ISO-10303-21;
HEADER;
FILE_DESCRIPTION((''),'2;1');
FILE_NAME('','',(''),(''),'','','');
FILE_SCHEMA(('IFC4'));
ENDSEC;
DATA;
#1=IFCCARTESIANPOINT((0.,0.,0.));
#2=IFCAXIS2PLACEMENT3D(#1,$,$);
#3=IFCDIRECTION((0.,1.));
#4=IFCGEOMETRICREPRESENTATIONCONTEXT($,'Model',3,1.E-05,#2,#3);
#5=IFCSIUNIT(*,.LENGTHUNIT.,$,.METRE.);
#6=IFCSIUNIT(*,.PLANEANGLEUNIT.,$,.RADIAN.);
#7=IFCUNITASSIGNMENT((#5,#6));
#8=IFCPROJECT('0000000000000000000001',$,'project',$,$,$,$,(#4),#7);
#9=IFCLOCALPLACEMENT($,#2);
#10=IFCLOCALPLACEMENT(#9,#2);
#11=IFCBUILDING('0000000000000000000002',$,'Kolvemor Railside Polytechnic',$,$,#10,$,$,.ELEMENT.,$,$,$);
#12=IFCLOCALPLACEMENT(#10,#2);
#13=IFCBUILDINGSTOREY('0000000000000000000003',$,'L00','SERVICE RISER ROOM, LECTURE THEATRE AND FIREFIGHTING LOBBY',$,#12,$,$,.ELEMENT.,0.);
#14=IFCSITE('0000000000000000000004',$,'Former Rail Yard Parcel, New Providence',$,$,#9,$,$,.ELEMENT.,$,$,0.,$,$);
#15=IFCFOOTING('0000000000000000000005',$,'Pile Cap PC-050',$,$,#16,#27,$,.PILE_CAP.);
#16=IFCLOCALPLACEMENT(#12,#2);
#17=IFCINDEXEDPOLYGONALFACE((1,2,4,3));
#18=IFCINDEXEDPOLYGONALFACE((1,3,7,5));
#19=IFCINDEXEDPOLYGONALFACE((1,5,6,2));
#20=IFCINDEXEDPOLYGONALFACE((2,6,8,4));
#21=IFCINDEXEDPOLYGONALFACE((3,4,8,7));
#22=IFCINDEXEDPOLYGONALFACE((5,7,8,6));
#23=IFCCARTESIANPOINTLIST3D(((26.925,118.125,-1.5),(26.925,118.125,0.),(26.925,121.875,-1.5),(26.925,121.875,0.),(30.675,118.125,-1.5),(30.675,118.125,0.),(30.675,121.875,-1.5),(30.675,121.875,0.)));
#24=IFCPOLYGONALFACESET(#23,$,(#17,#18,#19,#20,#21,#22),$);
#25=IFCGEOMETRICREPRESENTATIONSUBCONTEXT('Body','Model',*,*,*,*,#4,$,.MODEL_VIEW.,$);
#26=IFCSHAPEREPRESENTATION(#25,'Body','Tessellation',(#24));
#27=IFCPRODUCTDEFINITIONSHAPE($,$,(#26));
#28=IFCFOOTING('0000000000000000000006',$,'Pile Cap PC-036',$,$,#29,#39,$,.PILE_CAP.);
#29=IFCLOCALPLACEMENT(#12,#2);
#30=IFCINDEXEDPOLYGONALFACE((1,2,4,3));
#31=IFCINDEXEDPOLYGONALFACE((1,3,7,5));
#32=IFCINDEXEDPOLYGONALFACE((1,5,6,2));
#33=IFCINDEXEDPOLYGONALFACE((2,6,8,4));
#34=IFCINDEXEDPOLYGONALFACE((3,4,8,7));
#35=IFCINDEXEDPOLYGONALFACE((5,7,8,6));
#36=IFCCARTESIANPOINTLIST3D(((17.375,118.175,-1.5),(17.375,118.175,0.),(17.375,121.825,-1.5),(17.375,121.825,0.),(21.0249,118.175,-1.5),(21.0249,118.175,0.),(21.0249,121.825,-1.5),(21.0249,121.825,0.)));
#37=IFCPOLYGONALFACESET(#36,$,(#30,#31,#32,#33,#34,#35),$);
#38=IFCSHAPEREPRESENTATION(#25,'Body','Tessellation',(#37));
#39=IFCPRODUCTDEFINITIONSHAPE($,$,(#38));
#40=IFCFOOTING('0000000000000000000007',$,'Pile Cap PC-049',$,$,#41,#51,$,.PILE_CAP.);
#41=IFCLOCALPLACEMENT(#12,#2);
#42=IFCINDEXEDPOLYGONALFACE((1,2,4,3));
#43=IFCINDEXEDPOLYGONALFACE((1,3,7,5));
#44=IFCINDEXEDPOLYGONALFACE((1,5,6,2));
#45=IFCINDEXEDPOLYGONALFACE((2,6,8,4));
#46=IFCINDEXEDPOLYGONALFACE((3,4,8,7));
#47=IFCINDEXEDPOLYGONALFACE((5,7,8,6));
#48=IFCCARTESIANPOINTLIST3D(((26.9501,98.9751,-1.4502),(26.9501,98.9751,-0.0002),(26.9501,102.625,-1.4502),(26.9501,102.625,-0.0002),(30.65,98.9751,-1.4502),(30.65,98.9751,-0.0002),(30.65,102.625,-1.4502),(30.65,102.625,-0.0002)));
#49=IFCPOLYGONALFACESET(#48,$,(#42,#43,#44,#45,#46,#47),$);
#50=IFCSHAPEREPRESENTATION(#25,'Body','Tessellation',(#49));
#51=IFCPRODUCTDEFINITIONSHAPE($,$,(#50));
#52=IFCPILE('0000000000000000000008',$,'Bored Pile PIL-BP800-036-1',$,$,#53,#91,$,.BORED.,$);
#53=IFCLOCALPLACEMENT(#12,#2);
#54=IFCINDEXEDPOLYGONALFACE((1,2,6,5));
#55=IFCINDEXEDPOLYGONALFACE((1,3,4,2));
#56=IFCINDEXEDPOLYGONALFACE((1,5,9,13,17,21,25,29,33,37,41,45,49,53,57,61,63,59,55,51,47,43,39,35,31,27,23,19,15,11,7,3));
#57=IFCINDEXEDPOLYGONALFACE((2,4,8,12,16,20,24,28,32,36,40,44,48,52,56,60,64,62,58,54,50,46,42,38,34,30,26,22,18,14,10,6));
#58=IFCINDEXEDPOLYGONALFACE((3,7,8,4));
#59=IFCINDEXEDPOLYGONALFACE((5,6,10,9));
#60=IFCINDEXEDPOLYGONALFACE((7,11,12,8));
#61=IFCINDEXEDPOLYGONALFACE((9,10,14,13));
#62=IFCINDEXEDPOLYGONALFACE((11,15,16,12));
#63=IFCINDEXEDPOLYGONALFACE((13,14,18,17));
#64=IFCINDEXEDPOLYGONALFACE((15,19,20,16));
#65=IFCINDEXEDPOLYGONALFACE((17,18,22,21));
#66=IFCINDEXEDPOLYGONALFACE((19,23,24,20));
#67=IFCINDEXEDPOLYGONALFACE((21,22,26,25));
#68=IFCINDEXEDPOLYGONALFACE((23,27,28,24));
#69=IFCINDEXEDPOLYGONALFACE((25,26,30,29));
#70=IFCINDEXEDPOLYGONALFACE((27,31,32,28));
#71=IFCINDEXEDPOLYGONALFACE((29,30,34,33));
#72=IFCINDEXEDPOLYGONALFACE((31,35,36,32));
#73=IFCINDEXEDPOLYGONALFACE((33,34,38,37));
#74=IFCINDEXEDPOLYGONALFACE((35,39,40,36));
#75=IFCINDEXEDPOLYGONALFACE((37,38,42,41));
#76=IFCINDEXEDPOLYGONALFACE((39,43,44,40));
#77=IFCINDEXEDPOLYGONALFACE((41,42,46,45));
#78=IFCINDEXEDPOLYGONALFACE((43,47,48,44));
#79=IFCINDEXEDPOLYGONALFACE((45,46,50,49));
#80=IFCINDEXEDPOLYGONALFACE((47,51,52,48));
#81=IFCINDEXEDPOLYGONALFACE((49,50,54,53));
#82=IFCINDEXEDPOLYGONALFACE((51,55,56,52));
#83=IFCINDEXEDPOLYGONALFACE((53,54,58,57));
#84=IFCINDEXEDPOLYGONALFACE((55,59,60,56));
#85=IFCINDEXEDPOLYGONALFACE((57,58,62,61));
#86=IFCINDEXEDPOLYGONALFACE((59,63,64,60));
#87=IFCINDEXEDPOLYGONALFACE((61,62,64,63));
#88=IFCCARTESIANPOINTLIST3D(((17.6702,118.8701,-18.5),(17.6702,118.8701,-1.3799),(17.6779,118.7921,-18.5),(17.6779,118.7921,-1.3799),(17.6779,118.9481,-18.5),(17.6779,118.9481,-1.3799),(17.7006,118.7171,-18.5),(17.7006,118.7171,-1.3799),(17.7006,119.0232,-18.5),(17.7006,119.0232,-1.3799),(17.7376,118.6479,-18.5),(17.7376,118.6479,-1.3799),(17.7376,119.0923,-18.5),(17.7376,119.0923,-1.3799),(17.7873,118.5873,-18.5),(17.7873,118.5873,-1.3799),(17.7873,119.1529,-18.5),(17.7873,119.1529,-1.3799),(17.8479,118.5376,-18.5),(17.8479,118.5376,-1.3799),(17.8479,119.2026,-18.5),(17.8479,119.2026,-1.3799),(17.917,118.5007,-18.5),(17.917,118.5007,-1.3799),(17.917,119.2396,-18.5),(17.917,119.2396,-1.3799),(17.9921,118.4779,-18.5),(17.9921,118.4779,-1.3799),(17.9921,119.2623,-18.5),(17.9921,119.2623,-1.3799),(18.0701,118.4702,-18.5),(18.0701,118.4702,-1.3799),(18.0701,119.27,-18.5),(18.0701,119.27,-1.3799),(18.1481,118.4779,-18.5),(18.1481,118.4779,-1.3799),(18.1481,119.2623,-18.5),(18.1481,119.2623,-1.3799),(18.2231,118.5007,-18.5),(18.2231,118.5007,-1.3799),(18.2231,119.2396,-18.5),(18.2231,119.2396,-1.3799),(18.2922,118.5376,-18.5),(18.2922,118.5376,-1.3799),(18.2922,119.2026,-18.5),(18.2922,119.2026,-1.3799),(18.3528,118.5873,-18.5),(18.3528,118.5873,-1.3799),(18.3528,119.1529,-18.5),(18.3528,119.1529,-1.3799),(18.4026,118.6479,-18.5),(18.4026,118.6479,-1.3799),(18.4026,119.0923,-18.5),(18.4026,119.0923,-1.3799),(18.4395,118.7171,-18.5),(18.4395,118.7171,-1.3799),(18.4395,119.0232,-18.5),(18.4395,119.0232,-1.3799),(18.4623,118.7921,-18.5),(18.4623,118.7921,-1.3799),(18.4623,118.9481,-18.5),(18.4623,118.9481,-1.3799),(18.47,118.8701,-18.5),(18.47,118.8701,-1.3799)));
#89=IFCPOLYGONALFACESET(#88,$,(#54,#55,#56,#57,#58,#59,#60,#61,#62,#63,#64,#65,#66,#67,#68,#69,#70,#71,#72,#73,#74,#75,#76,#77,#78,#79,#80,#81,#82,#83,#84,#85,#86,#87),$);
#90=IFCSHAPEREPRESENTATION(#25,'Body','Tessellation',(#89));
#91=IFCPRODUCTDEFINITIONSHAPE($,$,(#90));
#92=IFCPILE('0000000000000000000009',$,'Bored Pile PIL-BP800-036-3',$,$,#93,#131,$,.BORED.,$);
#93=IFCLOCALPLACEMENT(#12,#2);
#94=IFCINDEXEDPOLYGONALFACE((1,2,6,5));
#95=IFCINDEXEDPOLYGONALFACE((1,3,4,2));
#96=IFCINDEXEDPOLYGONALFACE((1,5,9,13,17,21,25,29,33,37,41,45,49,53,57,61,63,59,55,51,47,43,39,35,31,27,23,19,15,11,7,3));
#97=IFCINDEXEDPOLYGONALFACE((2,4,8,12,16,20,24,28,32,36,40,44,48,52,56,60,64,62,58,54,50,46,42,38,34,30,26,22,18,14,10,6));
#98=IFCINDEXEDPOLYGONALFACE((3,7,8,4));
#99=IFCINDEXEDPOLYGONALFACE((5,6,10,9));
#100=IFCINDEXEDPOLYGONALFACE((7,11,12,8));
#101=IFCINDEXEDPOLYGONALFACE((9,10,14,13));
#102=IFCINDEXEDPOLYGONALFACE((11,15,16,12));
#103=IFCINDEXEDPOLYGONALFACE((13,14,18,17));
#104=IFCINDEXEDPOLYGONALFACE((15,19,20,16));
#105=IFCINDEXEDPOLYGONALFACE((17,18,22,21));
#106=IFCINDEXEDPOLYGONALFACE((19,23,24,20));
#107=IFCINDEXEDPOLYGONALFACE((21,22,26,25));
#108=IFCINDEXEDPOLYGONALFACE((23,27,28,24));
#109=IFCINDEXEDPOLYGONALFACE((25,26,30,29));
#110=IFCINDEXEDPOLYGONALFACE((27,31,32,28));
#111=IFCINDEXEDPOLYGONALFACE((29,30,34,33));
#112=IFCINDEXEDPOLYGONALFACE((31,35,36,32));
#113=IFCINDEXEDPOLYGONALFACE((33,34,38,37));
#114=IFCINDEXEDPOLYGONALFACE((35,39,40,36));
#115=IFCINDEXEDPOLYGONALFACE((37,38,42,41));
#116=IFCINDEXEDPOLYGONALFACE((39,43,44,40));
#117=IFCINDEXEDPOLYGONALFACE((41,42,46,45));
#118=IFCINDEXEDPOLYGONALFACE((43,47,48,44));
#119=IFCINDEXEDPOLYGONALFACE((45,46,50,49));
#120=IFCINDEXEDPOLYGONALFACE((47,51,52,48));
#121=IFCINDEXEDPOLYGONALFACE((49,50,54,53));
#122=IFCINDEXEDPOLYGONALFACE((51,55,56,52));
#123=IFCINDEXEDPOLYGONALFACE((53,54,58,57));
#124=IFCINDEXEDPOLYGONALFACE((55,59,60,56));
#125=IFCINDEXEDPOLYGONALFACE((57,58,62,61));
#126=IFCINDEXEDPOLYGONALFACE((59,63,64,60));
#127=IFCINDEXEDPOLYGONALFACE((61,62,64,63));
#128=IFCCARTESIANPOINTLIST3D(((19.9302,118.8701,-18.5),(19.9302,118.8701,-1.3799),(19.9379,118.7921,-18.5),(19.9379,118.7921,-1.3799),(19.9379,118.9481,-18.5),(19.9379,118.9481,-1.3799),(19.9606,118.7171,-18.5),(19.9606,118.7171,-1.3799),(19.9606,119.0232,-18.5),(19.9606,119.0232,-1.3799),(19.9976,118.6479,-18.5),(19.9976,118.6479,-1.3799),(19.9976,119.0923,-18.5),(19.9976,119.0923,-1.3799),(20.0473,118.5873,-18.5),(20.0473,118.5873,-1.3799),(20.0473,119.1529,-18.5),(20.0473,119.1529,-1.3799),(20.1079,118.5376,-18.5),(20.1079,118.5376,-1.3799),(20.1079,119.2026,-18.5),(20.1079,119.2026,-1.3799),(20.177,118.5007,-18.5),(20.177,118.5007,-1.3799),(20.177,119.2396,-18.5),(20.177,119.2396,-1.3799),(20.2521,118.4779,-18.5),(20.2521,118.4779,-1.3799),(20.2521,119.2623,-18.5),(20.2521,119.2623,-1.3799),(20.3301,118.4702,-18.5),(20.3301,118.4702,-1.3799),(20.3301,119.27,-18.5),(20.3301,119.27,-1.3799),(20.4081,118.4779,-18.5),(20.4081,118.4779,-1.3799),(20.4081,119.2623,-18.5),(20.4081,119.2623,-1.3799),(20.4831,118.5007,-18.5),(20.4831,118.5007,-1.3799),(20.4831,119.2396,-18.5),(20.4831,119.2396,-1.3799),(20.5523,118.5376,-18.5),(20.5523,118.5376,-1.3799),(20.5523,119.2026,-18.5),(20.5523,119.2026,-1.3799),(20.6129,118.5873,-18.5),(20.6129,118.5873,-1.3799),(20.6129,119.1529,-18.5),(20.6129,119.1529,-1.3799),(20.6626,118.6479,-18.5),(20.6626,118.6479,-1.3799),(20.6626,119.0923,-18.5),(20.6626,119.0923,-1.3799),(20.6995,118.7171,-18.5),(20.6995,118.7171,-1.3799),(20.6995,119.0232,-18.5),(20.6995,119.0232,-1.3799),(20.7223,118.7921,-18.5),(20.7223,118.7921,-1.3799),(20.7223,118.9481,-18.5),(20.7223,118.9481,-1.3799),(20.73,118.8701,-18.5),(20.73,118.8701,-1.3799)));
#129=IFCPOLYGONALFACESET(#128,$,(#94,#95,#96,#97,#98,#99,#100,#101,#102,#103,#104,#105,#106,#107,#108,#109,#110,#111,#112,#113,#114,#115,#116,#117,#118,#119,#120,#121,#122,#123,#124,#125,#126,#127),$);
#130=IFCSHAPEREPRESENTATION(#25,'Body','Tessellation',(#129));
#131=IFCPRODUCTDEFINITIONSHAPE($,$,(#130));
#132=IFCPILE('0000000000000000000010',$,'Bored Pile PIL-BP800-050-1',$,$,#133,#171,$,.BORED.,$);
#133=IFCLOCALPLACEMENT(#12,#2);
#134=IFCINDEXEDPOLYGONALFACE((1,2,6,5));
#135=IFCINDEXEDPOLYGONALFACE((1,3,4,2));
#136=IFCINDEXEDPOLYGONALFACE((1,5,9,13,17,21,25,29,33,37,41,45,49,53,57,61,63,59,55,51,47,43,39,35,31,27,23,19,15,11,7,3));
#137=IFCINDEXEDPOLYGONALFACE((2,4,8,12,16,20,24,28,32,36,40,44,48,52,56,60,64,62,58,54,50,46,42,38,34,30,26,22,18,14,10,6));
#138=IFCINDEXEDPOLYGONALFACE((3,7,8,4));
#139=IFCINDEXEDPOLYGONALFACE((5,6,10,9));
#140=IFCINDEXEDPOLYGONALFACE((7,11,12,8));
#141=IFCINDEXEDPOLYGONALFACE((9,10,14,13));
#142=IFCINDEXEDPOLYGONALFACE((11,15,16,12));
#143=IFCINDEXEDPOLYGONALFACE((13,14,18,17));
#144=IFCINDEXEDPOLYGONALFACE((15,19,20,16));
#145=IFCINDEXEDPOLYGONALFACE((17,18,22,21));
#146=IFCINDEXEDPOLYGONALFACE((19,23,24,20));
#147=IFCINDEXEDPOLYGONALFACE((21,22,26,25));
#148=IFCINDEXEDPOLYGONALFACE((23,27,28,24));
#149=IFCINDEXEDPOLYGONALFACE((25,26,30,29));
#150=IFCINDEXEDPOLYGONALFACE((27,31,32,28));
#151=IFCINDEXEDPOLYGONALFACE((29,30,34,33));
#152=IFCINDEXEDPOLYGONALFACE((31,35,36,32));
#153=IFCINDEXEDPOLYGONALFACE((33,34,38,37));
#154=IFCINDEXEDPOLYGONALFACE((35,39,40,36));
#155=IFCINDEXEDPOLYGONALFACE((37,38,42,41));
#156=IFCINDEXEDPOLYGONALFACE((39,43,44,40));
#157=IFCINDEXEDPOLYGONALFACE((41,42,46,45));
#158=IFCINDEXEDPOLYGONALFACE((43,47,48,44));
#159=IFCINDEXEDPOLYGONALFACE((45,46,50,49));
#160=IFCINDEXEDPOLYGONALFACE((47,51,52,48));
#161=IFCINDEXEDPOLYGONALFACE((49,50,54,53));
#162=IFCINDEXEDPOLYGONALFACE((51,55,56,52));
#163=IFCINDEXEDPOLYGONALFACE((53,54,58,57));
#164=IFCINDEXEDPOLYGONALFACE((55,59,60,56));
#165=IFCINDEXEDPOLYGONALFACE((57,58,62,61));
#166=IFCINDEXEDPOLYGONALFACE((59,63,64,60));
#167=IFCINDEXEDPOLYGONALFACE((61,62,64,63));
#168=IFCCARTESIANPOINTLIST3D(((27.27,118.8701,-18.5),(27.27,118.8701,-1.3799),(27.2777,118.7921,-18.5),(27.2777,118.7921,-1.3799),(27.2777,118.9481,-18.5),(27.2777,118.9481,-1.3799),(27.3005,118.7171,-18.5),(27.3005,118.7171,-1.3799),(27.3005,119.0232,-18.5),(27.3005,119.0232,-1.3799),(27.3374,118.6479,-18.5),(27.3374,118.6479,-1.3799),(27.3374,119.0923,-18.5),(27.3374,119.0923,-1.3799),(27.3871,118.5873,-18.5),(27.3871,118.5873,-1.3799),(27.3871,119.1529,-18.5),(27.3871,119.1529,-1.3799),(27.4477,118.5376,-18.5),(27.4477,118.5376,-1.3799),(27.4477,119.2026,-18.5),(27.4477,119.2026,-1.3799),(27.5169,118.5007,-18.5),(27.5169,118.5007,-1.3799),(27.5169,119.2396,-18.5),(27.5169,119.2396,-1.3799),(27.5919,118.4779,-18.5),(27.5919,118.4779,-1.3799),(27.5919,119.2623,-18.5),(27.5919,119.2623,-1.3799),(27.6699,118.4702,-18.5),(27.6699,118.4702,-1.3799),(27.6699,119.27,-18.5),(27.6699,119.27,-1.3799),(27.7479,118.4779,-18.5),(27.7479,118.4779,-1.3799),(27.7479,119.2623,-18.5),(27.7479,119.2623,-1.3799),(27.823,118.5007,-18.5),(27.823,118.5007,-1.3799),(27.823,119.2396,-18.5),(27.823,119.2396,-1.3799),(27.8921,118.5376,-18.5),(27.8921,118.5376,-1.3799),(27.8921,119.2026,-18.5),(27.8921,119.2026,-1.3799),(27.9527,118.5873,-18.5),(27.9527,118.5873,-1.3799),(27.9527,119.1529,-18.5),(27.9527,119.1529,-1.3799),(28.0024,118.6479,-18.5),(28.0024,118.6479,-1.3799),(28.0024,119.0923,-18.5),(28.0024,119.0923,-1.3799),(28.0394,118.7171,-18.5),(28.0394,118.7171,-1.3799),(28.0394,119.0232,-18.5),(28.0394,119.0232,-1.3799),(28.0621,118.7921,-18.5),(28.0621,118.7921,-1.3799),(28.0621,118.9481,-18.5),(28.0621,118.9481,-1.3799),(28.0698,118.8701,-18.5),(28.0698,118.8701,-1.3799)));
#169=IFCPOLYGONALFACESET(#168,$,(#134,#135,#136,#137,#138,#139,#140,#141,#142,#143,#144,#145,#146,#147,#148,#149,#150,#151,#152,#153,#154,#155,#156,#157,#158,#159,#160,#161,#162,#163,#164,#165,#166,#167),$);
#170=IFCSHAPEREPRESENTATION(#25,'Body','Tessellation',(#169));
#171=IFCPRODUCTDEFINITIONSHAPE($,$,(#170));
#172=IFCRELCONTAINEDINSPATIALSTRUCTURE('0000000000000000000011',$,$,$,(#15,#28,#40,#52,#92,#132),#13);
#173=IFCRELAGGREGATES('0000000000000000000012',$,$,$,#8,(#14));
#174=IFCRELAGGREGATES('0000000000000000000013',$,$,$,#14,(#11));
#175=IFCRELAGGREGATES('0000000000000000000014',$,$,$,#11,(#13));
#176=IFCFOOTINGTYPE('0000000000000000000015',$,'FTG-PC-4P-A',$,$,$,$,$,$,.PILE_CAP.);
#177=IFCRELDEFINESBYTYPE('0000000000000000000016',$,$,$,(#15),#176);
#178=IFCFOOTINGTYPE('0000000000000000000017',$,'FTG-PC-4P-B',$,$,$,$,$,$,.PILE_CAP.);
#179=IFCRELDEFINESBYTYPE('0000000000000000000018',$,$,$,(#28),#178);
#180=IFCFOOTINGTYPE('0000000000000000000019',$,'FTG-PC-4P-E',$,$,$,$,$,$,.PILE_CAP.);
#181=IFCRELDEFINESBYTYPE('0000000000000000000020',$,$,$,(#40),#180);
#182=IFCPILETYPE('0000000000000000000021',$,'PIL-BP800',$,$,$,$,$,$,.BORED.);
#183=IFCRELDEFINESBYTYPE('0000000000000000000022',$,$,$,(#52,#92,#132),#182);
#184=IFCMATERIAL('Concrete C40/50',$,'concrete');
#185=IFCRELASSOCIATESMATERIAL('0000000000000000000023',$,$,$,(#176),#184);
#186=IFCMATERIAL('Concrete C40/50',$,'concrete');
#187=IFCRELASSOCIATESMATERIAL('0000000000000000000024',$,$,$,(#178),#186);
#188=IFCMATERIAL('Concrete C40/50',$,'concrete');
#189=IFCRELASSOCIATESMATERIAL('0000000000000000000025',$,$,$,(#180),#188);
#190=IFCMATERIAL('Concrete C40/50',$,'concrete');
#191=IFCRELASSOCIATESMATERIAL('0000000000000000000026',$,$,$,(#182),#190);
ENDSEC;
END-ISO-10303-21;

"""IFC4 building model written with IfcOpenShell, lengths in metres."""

from ifc_helpers import new_model, si_unit, direction, frame, origin, origin_2d, place, context, subcontext, project, spatial, rectangle, circle, extrude, material, material_profile, profile_set, type_object, element, save


model = new_model("IFC4")

# Units and contexts
model_context = context("Model", 3, precision=1e-05, world=origin(), true_north=direction((0.0, 1.0)))
body_context = subcontext(model_context, "Body", "Model", "MODEL_VIEW")
ifc_project = project(units=[si_unit("LENGTHUNIT", "METRE"), si_unit("PLANEANGLEUNIT", "RADIAN")], contexts=[model_context])

# Site, building, storey
site_placement = place(None, origin())
site = spatial("IfcSite", under=ifc_project, at=site_placement, Name="Former Rail Yard Parcel, New Providence", CompositionType="ELEMENT", RefElevation=0.0)
building_placement = place(site_placement, origin())
building = spatial("IfcBuilding", under=site, at=building_placement, Name="Kolvemor Railside Polytechnic", CompositionType="ELEMENT")
storey_placement = place(building_placement, origin())
storey = spatial("IfcBuildingStorey", under=building, at=storey_placement, Name="L00", Description="SERVICE RISER ROOM, LECTURE THEATRE AND FIREFIGHTING LOBBY", CompositionType="ELEMENT", Elevation=0.0)

# Footings
ifc_material_1 = material(Name="Concrete C40/50", Category="concrete")
footing_type_1 = type_object("IfcFootingType", Name="FTG-PC-4P-A", PredefinedType="PILE_CAP", material=ifc_material_1)
footing_1_placement = place(storey_placement, frame((28.8, 120.0, -1.5), z_axis=(0.0, 0.0, 1.0), x_axis=(1.0, 0.0, 0.0)))
element("IfcFooting", 1, at=footing_1_placement, inside=storey, type_object=footing_type_1, Name="Pile Cap PC-050", PredefinedType="PILE_CAP", context=body_context, shape_type="SweptSolid", body=[
    extrude(rectangle(XDim=3.75, YDim=3.75, at=origin_2d()), origin(), (0.0, 0.0, 1.0), 1.5),
])
ifc_material_2 = material(Name="Concrete C40/50", Category="concrete")
footing_type_2 = type_object("IfcFootingType", Name="FTG-PC-4P-B", PredefinedType="PILE_CAP", material=ifc_material_2)
footing_2_placement = place(storey_placement, frame((19.2, 120.0, -1.5), z_axis=(0.0, 0.0, 1.0), x_axis=(1.0, 0.0, 0.0)))
element("IfcFooting", 2, at=footing_2_placement, inside=storey, type_object=footing_type_2, Name="Pile Cap PC-036", PredefinedType="PILE_CAP", context=body_context, shape_type="SweptSolid", body=[
    extrude(rectangle(XDim=3.6499, YDim=3.6499, at=origin_2d()), origin(), (0.0, 0.0, 1.0), 1.5),
])
ifc_material_3 = material(Name="Concrete C40/50", Category="concrete")
footing_type_3 = type_object("IfcFootingType", Name="FTG-PC-4P-E", PredefinedType="PILE_CAP", material=ifc_material_3)
footing_3_placement = place(storey_placement, frame((28.8, 100.8, -1.4502), z_axis=(0.0, 0.0, 1.0), x_axis=(1.0, 0.0, 0.0)))
element("IfcFooting", 3, at=footing_3_placement, inside=storey, type_object=footing_type_3, Name="Pile Cap PC-049", PredefinedType="PILE_CAP", context=body_context, shape_type="SweptSolid", body=[
    extrude(rectangle(XDim=3.7, YDim=3.6499, at=origin_2d()), origin(), (0.0, 0.0, 1.0), 1.45),
])

# Piles
ifc_material_4 = material(Name="Concrete C40/50", Category="concrete")
ifc_material_profile_1 = material_profile(ifc_material_4, circle(Radius=0.3999, at=origin_2d()), Name="BP800")
ifc_profile_set_1 = profile_set([ifc_material_profile_1], Name="Concrete C40/50")
pile_type_1 = type_object("IfcPileType", Name="PIL-BP800", PredefinedType="BORED", material=ifc_profile_set_1)
for number, where, z_axis, x_axis, name in (
    (4, (18.0701, 118.8701, -1.3799), (0.0, 0.0, -1.0), (1.0, 0.0, 0.0), "Bored Pile PIL-BP800-036-1"),
    (5, (20.3301, 118.8701, -1.3799), (0.0, 0.0, -1.0), (1.0, 0.0, 0.0), "Bored Pile PIL-BP800-036-3"),
    (6, (27.6699, 118.8701, -1.3799), (0.0, 0.0, -1.0), (1.0, 0.0, 0.0), "Bored Pile PIL-BP800-050-1"),
):
    element("IfcPile", number, at=place(storey_placement, frame(where, z_axis=z_axis, x_axis=x_axis)), inside=storey, type_object=pile_type_1, Name=name, PredefinedType="BORED", context=body_context, shape_type="SweptSolid", body=[
        extrude(circle(Radius=0.3999, at=origin_2d()), origin(), (0.0, 0.0, 1.0), 17.1201),
    ])

save(model, "model.ifc")
